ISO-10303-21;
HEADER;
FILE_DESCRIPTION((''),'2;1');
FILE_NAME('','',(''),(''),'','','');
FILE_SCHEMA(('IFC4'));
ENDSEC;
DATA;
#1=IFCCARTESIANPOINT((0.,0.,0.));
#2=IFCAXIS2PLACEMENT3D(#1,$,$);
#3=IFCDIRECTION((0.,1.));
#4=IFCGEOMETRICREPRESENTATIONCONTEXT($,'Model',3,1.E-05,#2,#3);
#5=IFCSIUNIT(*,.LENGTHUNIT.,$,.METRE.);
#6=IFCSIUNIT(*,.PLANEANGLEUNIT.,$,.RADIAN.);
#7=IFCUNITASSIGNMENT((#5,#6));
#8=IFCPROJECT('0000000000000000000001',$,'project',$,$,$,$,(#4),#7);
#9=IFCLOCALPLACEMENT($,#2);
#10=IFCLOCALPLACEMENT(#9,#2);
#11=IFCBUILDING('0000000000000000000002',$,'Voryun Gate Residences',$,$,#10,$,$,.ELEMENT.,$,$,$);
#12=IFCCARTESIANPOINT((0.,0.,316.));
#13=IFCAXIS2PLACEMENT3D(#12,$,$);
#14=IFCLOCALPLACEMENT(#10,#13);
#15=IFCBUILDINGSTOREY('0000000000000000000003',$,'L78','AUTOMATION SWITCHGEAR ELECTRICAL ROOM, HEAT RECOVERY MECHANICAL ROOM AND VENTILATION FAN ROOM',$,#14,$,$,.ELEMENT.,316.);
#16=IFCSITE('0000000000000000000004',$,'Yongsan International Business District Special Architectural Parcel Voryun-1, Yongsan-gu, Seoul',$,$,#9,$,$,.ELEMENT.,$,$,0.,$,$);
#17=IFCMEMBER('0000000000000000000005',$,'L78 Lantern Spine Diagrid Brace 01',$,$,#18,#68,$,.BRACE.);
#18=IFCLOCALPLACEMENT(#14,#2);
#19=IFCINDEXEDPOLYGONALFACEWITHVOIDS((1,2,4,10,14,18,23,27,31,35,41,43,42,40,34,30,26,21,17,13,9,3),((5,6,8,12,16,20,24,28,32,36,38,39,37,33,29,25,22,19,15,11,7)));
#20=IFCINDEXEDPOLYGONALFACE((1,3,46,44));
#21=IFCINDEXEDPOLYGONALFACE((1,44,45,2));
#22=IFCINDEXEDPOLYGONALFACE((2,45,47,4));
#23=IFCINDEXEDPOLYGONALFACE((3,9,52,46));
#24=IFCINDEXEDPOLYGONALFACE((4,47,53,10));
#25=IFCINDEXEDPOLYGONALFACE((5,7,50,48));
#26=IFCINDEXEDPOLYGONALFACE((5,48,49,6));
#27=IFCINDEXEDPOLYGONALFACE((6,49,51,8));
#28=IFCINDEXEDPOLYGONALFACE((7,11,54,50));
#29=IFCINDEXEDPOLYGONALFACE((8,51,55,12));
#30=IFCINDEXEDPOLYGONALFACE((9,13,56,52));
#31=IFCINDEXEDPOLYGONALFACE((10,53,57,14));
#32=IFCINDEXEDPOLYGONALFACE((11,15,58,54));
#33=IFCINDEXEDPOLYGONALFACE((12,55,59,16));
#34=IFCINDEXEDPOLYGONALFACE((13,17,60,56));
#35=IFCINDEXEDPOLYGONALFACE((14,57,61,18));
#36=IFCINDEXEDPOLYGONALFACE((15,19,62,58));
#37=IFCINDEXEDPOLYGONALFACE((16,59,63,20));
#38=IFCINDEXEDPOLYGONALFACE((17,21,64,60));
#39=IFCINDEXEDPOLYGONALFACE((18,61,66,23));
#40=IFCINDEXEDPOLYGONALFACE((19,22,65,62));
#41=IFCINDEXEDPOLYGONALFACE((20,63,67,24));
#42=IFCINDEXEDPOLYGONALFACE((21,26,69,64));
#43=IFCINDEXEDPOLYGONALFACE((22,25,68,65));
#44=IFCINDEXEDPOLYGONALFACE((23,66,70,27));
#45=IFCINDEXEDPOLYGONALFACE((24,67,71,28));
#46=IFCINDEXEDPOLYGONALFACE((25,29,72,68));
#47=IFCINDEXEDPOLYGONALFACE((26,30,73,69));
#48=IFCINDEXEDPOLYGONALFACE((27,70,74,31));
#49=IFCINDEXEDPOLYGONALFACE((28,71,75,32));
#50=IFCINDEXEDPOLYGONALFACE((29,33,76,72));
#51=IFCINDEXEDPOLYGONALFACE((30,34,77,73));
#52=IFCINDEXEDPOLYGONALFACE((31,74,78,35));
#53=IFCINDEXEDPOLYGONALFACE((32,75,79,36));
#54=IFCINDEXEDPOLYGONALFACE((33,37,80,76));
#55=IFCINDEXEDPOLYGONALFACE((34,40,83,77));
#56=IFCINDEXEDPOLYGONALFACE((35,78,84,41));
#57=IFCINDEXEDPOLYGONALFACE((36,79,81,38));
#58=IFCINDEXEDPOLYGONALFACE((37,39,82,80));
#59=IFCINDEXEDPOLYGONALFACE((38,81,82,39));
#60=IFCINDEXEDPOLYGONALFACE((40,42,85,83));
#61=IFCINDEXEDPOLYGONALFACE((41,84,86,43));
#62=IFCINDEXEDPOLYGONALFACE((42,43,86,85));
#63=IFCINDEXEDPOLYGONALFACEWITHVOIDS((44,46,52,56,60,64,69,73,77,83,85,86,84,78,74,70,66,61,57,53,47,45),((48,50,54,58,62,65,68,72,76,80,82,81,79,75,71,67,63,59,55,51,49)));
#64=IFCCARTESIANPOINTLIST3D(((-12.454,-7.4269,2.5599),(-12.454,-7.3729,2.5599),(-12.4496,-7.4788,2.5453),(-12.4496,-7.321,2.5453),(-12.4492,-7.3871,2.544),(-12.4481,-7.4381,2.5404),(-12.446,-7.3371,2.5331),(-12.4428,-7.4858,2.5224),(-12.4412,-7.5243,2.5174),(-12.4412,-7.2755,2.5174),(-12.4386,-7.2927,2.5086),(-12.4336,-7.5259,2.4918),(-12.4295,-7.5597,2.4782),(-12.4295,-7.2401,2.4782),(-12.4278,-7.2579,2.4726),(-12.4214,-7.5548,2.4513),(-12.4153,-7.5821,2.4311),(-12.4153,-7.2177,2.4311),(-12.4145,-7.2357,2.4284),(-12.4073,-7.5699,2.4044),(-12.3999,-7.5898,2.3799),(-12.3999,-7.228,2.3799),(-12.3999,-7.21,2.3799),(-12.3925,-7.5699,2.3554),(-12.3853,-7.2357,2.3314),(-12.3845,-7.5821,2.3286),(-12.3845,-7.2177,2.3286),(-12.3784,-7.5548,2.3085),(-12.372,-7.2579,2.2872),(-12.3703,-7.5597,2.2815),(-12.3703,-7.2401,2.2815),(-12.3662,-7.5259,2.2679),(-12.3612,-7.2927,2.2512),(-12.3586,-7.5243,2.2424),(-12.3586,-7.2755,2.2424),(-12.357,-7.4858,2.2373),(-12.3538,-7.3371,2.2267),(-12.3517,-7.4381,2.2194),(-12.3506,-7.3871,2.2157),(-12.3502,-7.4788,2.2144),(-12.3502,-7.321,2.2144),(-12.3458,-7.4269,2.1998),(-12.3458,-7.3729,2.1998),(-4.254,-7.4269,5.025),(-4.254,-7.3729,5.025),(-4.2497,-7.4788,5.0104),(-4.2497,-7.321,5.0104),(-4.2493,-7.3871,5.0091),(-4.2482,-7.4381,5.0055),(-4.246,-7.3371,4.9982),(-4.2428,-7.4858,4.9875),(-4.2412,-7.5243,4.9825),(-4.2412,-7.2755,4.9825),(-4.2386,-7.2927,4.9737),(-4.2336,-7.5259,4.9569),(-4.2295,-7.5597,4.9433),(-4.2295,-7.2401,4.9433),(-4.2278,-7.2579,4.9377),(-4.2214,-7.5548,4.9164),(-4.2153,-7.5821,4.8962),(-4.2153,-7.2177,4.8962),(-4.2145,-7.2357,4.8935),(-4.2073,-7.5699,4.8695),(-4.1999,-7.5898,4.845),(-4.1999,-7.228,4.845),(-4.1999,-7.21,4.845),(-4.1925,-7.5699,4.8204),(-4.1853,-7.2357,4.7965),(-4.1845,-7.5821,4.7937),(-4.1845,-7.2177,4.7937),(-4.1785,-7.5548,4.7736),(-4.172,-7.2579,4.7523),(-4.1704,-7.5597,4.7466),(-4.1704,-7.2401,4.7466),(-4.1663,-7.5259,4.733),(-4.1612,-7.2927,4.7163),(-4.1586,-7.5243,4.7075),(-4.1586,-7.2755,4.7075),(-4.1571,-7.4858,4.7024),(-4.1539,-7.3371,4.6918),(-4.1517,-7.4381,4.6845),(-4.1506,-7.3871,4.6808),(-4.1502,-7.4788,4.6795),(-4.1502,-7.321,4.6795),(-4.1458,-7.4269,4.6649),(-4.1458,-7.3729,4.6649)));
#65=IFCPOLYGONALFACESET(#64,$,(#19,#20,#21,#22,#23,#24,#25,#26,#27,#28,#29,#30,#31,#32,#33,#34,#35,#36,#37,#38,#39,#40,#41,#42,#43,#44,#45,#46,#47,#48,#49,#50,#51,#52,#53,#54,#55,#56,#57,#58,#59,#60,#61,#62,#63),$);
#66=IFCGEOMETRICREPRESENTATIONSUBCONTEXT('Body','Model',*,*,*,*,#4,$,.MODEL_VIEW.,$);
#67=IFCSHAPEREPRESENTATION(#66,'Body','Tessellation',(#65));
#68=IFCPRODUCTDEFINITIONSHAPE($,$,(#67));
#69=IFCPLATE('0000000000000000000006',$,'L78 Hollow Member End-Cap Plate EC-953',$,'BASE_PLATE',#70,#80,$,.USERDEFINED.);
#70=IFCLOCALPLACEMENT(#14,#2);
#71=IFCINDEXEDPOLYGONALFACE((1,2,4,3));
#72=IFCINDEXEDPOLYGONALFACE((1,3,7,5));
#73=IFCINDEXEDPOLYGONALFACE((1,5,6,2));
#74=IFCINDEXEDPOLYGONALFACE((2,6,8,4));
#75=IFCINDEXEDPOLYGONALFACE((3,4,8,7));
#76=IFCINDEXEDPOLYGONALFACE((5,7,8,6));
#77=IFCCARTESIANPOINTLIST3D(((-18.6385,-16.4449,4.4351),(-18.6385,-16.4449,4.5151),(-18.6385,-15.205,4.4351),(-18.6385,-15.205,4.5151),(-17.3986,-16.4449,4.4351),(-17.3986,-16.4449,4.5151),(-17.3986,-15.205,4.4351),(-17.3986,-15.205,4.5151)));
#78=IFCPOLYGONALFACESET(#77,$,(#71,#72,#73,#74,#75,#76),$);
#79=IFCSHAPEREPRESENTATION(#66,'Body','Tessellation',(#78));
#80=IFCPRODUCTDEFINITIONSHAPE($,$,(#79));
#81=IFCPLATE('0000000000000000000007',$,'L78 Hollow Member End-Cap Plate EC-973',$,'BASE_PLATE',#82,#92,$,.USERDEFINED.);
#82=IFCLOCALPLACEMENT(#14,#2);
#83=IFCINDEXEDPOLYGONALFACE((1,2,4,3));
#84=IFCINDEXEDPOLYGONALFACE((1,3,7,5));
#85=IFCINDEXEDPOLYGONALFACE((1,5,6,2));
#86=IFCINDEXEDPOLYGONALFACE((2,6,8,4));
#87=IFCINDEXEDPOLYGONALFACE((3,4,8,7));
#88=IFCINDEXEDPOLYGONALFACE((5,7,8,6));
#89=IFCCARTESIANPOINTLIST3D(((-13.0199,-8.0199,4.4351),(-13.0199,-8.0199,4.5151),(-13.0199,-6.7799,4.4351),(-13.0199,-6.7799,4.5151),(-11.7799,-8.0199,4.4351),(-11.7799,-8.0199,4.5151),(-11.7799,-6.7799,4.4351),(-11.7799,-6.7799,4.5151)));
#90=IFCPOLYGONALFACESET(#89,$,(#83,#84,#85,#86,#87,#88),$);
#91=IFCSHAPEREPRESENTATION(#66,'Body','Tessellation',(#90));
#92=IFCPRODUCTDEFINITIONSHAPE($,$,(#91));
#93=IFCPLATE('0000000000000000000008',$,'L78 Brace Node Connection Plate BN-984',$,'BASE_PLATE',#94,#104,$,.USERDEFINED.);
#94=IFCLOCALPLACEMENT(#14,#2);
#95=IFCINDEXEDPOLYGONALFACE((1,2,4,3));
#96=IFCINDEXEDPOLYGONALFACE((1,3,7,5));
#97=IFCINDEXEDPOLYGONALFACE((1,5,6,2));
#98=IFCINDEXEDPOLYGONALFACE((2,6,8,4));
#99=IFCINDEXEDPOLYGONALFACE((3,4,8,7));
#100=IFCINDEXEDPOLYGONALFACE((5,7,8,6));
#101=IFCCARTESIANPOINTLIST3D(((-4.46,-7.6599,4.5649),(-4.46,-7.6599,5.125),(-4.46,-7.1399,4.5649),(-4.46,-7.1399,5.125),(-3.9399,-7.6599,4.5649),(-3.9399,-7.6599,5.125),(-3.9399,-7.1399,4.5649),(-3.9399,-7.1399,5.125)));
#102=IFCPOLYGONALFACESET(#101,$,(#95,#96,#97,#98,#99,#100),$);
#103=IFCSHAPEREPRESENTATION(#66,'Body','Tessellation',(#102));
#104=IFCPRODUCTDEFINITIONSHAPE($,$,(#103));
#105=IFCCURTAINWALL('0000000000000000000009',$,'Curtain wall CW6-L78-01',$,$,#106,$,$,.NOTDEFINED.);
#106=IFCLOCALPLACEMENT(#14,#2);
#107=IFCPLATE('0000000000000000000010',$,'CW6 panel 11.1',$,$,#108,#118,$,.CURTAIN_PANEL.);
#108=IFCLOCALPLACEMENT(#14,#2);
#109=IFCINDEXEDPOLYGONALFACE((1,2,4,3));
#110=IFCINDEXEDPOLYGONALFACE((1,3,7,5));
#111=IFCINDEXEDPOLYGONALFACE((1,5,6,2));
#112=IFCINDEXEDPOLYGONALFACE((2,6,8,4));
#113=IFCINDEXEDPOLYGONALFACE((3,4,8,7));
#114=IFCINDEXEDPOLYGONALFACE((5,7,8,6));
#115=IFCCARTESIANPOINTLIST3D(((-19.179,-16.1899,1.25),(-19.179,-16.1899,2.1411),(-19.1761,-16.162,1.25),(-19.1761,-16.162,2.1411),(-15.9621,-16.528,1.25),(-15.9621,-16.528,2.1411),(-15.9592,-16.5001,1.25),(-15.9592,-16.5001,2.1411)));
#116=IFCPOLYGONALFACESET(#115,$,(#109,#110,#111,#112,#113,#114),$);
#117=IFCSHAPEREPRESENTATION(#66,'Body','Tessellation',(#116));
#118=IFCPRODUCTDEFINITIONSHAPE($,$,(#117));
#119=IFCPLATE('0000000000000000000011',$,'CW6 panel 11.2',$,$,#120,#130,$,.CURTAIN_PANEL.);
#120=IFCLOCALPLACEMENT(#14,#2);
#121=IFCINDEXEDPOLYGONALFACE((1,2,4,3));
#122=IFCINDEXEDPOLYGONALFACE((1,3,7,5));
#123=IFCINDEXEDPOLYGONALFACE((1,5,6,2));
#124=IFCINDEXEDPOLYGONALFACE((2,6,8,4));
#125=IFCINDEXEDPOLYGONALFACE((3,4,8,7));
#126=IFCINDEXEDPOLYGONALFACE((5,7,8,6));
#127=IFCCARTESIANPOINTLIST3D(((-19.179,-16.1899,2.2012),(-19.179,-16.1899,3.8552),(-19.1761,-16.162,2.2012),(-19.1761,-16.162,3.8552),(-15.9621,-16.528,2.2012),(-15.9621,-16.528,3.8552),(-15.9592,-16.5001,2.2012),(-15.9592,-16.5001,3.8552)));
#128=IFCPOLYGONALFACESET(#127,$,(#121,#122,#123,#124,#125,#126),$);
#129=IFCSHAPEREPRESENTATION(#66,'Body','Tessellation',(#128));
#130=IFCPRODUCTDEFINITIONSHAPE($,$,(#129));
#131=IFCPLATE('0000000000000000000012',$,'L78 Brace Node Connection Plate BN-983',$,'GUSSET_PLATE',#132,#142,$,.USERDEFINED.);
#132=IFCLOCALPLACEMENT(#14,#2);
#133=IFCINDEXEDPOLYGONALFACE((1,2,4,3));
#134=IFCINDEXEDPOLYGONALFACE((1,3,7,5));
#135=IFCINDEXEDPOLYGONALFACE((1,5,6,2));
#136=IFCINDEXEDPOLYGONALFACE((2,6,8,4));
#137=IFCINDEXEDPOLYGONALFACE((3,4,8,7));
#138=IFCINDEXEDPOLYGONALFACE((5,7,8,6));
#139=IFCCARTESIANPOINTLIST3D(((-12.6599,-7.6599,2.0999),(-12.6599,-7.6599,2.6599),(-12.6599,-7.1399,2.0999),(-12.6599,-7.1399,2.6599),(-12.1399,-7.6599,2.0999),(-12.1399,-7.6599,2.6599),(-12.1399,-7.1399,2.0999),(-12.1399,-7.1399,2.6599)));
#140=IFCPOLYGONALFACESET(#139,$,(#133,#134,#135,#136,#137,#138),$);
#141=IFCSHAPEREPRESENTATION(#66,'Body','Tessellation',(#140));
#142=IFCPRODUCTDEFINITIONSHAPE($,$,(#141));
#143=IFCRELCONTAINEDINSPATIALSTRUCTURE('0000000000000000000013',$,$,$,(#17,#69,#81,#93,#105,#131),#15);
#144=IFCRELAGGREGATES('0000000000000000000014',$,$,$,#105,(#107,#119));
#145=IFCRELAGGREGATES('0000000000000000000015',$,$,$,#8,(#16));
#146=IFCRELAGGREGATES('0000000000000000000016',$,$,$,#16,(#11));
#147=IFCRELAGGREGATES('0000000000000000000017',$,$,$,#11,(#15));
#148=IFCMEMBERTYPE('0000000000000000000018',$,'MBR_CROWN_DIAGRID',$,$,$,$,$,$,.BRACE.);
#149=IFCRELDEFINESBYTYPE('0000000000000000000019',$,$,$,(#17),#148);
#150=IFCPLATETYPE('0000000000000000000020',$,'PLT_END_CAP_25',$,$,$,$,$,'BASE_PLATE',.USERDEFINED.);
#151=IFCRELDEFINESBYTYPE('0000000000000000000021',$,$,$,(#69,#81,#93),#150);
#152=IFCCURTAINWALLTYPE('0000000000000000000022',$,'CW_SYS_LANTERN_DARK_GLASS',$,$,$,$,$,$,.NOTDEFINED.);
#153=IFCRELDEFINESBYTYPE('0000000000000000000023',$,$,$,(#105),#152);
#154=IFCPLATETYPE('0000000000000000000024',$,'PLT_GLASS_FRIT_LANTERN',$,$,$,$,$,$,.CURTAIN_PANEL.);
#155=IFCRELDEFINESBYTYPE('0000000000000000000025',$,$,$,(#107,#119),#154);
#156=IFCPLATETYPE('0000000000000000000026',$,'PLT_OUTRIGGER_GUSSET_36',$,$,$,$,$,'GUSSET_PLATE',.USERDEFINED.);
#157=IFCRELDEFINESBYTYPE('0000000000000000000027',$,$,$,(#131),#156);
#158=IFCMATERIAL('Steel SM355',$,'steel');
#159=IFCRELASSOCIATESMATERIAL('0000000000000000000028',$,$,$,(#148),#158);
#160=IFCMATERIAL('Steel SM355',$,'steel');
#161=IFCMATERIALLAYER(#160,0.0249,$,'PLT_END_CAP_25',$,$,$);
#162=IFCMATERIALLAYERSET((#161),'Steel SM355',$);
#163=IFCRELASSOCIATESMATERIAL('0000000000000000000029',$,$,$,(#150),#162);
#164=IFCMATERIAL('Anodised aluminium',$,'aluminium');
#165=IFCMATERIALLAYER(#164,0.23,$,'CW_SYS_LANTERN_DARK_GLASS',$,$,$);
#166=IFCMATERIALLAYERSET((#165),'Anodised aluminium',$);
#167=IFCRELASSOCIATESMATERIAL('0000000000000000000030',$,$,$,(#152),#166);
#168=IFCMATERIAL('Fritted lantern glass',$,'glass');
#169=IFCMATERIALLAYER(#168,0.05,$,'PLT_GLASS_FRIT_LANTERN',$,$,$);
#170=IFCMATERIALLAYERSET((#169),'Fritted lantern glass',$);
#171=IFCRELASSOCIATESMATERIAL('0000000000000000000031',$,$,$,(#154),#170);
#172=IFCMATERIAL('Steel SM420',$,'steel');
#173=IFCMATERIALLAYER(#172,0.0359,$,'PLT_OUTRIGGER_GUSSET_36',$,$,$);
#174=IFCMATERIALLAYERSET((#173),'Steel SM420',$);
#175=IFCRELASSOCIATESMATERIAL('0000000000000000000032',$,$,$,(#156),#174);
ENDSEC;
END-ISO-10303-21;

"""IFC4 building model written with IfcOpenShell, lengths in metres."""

from ifc_helpers import new_model, si_unit, direction, frame, origin, origin_2d, place, context, subcontext, project, spatial, rectangle, hollow_circle, extrude, material, layer, layer_set, material_profile, profile_set, type_object, element, aggregate, save


model = new_model("IFC4")

# Units and contexts
model_context = context("Model", 3, precision=1e-05, world=origin(), true_north=direction((0.0, 1.0)))
body_context = subcontext(model_context, "Body", "Model", "MODEL_VIEW")
ifc_project = project(units=[si_unit("LENGTHUNIT", "METRE"), si_unit("PLANEANGLEUNIT", "RADIAN")], contexts=[model_context])

# Site, building, storey
site_placement = place(None, origin())
site = spatial("IfcSite", under=ifc_project, at=site_placement, Name="Yongsan International Business District Special Architectural Parcel Voryun-1, Yongsan-gu, Seoul", CompositionType="ELEMENT", RefElevation=0.0)
building_placement = place(site_placement, origin())
building = spatial("IfcBuilding", under=site, at=building_placement, Name="Voryun Gate Residences", CompositionType="ELEMENT")
storey_placement = place(building_placement, frame((0.0, 0.0, 316.0)))
storey = spatial("IfcBuildingStorey", under=building, at=storey_placement, Name="L78", Description="AUTOMATION SWITCHGEAR ELECTRICAL ROOM, HEAT RECOVERY MECHANICAL ROOM AND VENTILATION FAN ROOM", CompositionType="ELEMENT", Elevation=316.0)

# Member
ifc_material_1 = material(Name="Steel SM355", Category="steel")
ifc_material_profile_1 = material_profile(ifc_material_1, hollow_circle(Radius=0.1899, WallThickness=0.0181, at=origin_2d()), Name="CHS-380x18")
ifc_profile_set_1 = profile_set([ifc_material_profile_1], Name="Steel SM355")
member_type = type_object("IfcMemberType", Name="MBR_CROWN_DIAGRID", PredefinedType="BRACE", material=ifc_profile_set_1)
member_placement = place(storey_placement, frame((-12.3999, -7.3999, 2.3799), z_axis=(0.957662, 0.0, 0.287895), x_axis=(0.0, 1.0, 0.0)))
element("IfcMember", 1, at=member_placement, inside=storey, type_object=member_type, Name="L78 Lantern Spine Diagrid Brace 01", PredefinedType="BRACE", context=body_context, shape_type="SweptSolid", body=[
    extrude(hollow_circle(Radius=0.1899, WallThickness=0.0181, at=origin_2d()), origin(), (0.0, 0.0, 1.0), 8.5625),
])

# Plates
ifc_material_2 = material(Name="Steel SM355", Category="steel")
ifc_layer_1 = layer(ifc_material_2, 0.0249, Name="PLT_END_CAP_25")
ifc_layer_set_1 = layer_set([ifc_layer_1], Name="Steel SM355")
plate_type_1 = type_object("IfcPlateType", Name="PLT_END_CAP_25", ElementType="BASE_PLATE", PredefinedType="USERDEFINED", material=ifc_layer_set_1)
for number, where, z_axis, x_axis, name in (
    (2, (-18.0186, -15.825, 4.4351), (0.0, 0.0, 1.0), (1.0, 0.0, 0.0), "L78 Hollow Member End-Cap Plate EC-953"),
    (3, (-12.3999, -7.3999, 4.4351), (0.0, 0.0, 1.0), (1.0, 0.0, 0.0), "L78 Hollow Member End-Cap Plate EC-973"),
):
    element("IfcPlate", number, at=place(storey_placement, frame(where, z_axis=z_axis, x_axis=x_axis)), inside=storey, type_object=plate_type_1, Name=name, ObjectType="BASE_PLATE", PredefinedType="USERDEFINED", context=body_context, shape_type="SweptSolid", body=[
        extrude(rectangle(XDim=1.24, YDim=1.24, at=origin_2d()), origin(), (0.0, 0.0, 1.0), 0.0801),
    ])
plate_1_placement = place(storey_placement, frame((-4.2, -7.3999, 4.5649), z_axis=(0.0, 0.0, 1.0), x_axis=(1.0, 0.0, 0.0)))
element("IfcPlate", 4, at=plate_1_placement, inside=storey, type_object=plate_type_1, Name="L78 Brace Node Connection Plate BN-984", ObjectType="BASE_PLATE", PredefinedType="USERDEFINED", context=body_context, shape_type="SweptSolid", body=[
    extrude(rectangle(XDim=0.52, YDim=0.52, at=origin_2d()), origin(), (0.0, 0.0, 1.0), 0.5601),
])

# Curtain wall, plates
ifc_material_3 = material(Name="Anodised aluminium", Category="aluminium")
ifc_layer_2 = layer(ifc_material_3, 0.23, Name="CW_SYS_LANTERN_DARK_GLASS")
ifc_layer_set_2 = layer_set([ifc_layer_2], Name="Anodised aluminium")
curtain_wall_type = type_object("IfcCurtainWallType", Name="CW_SYS_LANTERN_DARK_GLASS", PredefinedType="NOTDEFINED", material=ifc_layer_set_2)
curtain_wall_placement = place(storey_placement, origin())
curtain_wall = element("IfcCurtainWall", 5, at=curtain_wall_placement, inside=storey, type_object=curtain_wall_type, Name="Curtain wall CW6-L78-01", PredefinedType="NOTDEFINED")
ifc_material_4 = material(Name="Fritted lantern glass", Category="glass")
ifc_layer_3 = layer(ifc_material_4, 0.05, Name="PLT_GLASS_FRIT_LANTERN")
ifc_layer_set_3 = layer_set([ifc_layer_3], Name="Fritted lantern glass")
plate_type_2 = type_object("IfcPlateType", Name="PLT_GLASS_FRIT_LANTERN", PredefinedType="CURTAIN_PANEL", material=ifc_layer_set_3)
plate_2_placement = place(storey_placement, frame((-17.5691, -16.345, 1.25), z_axis=(0.0, 0.0, 1.0), x_axis=(-0.994522, 0.104528, 0.0)))
plate_2 = element("IfcPlate", 6, at=plate_2_placement, type_object=plate_type_2, Name="CW6 panel 11.1", PredefinedType="CURTAIN_PANEL", context=body_context, shape_type="SweptSolid", body=[
    extrude(rectangle(XDim=3.2346, YDim=0.0281, at=origin_2d()), origin(), (0.0, 0.0, 1.0), 0.8911),
])
plate_3_placement = place(storey_placement, frame((-17.5691, -16.345, 2.2012), z_axis=(0.0, 0.0, 1.0), x_axis=(-0.994522, 0.104528, 0.0)))
plate_3 = element("IfcPlate", 7, at=plate_3_placement, type_object=plate_type_2, Name="CW6 panel 11.2", PredefinedType="CURTAIN_PANEL", context=body_context, shape_type="SweptSolid", body=[
    extrude(rectangle(XDim=3.2346, YDim=0.0281, at=origin_2d()), origin(), (0.0, 0.0, 1.0), 1.6541),
])
aggregate(curtain_wall, [plate_2, plate_3])

# Plate
ifc_material_5 = material(Name="Steel SM420", Category="steel")
ifc_layer_4 = layer(ifc_material_5, 0.0359, Name="PLT_OUTRIGGER_GUSSET_36")
ifc_layer_set_4 = layer_set([ifc_layer_4], Name="Steel SM420")
plate_type_3 = type_object("IfcPlateType", Name="PLT_OUTRIGGER_GUSSET_36", ElementType="GUSSET_PLATE", PredefinedType="USERDEFINED", material=ifc_layer_set_4)
plate_4_placement = place(storey_placement, frame((-12.3999, -7.3999, 2.0999), z_axis=(0.0, 0.0, 1.0), x_axis=(1.0, 0.0, 0.0)))
element("IfcPlate", 8, at=plate_4_placement, inside=storey, type_object=plate_type_3, Name="L78 Brace Node Connection Plate BN-983", ObjectType="GUSSET_PLATE", PredefinedType="USERDEFINED", context=body_context, shape_type="SweptSolid", body=[
    extrude(rectangle(XDim=0.52, YDim=0.52, at=origin_2d()), origin(), (0.0, 0.0, 1.0), 0.5601),
])

save(model, "model.ifc")
